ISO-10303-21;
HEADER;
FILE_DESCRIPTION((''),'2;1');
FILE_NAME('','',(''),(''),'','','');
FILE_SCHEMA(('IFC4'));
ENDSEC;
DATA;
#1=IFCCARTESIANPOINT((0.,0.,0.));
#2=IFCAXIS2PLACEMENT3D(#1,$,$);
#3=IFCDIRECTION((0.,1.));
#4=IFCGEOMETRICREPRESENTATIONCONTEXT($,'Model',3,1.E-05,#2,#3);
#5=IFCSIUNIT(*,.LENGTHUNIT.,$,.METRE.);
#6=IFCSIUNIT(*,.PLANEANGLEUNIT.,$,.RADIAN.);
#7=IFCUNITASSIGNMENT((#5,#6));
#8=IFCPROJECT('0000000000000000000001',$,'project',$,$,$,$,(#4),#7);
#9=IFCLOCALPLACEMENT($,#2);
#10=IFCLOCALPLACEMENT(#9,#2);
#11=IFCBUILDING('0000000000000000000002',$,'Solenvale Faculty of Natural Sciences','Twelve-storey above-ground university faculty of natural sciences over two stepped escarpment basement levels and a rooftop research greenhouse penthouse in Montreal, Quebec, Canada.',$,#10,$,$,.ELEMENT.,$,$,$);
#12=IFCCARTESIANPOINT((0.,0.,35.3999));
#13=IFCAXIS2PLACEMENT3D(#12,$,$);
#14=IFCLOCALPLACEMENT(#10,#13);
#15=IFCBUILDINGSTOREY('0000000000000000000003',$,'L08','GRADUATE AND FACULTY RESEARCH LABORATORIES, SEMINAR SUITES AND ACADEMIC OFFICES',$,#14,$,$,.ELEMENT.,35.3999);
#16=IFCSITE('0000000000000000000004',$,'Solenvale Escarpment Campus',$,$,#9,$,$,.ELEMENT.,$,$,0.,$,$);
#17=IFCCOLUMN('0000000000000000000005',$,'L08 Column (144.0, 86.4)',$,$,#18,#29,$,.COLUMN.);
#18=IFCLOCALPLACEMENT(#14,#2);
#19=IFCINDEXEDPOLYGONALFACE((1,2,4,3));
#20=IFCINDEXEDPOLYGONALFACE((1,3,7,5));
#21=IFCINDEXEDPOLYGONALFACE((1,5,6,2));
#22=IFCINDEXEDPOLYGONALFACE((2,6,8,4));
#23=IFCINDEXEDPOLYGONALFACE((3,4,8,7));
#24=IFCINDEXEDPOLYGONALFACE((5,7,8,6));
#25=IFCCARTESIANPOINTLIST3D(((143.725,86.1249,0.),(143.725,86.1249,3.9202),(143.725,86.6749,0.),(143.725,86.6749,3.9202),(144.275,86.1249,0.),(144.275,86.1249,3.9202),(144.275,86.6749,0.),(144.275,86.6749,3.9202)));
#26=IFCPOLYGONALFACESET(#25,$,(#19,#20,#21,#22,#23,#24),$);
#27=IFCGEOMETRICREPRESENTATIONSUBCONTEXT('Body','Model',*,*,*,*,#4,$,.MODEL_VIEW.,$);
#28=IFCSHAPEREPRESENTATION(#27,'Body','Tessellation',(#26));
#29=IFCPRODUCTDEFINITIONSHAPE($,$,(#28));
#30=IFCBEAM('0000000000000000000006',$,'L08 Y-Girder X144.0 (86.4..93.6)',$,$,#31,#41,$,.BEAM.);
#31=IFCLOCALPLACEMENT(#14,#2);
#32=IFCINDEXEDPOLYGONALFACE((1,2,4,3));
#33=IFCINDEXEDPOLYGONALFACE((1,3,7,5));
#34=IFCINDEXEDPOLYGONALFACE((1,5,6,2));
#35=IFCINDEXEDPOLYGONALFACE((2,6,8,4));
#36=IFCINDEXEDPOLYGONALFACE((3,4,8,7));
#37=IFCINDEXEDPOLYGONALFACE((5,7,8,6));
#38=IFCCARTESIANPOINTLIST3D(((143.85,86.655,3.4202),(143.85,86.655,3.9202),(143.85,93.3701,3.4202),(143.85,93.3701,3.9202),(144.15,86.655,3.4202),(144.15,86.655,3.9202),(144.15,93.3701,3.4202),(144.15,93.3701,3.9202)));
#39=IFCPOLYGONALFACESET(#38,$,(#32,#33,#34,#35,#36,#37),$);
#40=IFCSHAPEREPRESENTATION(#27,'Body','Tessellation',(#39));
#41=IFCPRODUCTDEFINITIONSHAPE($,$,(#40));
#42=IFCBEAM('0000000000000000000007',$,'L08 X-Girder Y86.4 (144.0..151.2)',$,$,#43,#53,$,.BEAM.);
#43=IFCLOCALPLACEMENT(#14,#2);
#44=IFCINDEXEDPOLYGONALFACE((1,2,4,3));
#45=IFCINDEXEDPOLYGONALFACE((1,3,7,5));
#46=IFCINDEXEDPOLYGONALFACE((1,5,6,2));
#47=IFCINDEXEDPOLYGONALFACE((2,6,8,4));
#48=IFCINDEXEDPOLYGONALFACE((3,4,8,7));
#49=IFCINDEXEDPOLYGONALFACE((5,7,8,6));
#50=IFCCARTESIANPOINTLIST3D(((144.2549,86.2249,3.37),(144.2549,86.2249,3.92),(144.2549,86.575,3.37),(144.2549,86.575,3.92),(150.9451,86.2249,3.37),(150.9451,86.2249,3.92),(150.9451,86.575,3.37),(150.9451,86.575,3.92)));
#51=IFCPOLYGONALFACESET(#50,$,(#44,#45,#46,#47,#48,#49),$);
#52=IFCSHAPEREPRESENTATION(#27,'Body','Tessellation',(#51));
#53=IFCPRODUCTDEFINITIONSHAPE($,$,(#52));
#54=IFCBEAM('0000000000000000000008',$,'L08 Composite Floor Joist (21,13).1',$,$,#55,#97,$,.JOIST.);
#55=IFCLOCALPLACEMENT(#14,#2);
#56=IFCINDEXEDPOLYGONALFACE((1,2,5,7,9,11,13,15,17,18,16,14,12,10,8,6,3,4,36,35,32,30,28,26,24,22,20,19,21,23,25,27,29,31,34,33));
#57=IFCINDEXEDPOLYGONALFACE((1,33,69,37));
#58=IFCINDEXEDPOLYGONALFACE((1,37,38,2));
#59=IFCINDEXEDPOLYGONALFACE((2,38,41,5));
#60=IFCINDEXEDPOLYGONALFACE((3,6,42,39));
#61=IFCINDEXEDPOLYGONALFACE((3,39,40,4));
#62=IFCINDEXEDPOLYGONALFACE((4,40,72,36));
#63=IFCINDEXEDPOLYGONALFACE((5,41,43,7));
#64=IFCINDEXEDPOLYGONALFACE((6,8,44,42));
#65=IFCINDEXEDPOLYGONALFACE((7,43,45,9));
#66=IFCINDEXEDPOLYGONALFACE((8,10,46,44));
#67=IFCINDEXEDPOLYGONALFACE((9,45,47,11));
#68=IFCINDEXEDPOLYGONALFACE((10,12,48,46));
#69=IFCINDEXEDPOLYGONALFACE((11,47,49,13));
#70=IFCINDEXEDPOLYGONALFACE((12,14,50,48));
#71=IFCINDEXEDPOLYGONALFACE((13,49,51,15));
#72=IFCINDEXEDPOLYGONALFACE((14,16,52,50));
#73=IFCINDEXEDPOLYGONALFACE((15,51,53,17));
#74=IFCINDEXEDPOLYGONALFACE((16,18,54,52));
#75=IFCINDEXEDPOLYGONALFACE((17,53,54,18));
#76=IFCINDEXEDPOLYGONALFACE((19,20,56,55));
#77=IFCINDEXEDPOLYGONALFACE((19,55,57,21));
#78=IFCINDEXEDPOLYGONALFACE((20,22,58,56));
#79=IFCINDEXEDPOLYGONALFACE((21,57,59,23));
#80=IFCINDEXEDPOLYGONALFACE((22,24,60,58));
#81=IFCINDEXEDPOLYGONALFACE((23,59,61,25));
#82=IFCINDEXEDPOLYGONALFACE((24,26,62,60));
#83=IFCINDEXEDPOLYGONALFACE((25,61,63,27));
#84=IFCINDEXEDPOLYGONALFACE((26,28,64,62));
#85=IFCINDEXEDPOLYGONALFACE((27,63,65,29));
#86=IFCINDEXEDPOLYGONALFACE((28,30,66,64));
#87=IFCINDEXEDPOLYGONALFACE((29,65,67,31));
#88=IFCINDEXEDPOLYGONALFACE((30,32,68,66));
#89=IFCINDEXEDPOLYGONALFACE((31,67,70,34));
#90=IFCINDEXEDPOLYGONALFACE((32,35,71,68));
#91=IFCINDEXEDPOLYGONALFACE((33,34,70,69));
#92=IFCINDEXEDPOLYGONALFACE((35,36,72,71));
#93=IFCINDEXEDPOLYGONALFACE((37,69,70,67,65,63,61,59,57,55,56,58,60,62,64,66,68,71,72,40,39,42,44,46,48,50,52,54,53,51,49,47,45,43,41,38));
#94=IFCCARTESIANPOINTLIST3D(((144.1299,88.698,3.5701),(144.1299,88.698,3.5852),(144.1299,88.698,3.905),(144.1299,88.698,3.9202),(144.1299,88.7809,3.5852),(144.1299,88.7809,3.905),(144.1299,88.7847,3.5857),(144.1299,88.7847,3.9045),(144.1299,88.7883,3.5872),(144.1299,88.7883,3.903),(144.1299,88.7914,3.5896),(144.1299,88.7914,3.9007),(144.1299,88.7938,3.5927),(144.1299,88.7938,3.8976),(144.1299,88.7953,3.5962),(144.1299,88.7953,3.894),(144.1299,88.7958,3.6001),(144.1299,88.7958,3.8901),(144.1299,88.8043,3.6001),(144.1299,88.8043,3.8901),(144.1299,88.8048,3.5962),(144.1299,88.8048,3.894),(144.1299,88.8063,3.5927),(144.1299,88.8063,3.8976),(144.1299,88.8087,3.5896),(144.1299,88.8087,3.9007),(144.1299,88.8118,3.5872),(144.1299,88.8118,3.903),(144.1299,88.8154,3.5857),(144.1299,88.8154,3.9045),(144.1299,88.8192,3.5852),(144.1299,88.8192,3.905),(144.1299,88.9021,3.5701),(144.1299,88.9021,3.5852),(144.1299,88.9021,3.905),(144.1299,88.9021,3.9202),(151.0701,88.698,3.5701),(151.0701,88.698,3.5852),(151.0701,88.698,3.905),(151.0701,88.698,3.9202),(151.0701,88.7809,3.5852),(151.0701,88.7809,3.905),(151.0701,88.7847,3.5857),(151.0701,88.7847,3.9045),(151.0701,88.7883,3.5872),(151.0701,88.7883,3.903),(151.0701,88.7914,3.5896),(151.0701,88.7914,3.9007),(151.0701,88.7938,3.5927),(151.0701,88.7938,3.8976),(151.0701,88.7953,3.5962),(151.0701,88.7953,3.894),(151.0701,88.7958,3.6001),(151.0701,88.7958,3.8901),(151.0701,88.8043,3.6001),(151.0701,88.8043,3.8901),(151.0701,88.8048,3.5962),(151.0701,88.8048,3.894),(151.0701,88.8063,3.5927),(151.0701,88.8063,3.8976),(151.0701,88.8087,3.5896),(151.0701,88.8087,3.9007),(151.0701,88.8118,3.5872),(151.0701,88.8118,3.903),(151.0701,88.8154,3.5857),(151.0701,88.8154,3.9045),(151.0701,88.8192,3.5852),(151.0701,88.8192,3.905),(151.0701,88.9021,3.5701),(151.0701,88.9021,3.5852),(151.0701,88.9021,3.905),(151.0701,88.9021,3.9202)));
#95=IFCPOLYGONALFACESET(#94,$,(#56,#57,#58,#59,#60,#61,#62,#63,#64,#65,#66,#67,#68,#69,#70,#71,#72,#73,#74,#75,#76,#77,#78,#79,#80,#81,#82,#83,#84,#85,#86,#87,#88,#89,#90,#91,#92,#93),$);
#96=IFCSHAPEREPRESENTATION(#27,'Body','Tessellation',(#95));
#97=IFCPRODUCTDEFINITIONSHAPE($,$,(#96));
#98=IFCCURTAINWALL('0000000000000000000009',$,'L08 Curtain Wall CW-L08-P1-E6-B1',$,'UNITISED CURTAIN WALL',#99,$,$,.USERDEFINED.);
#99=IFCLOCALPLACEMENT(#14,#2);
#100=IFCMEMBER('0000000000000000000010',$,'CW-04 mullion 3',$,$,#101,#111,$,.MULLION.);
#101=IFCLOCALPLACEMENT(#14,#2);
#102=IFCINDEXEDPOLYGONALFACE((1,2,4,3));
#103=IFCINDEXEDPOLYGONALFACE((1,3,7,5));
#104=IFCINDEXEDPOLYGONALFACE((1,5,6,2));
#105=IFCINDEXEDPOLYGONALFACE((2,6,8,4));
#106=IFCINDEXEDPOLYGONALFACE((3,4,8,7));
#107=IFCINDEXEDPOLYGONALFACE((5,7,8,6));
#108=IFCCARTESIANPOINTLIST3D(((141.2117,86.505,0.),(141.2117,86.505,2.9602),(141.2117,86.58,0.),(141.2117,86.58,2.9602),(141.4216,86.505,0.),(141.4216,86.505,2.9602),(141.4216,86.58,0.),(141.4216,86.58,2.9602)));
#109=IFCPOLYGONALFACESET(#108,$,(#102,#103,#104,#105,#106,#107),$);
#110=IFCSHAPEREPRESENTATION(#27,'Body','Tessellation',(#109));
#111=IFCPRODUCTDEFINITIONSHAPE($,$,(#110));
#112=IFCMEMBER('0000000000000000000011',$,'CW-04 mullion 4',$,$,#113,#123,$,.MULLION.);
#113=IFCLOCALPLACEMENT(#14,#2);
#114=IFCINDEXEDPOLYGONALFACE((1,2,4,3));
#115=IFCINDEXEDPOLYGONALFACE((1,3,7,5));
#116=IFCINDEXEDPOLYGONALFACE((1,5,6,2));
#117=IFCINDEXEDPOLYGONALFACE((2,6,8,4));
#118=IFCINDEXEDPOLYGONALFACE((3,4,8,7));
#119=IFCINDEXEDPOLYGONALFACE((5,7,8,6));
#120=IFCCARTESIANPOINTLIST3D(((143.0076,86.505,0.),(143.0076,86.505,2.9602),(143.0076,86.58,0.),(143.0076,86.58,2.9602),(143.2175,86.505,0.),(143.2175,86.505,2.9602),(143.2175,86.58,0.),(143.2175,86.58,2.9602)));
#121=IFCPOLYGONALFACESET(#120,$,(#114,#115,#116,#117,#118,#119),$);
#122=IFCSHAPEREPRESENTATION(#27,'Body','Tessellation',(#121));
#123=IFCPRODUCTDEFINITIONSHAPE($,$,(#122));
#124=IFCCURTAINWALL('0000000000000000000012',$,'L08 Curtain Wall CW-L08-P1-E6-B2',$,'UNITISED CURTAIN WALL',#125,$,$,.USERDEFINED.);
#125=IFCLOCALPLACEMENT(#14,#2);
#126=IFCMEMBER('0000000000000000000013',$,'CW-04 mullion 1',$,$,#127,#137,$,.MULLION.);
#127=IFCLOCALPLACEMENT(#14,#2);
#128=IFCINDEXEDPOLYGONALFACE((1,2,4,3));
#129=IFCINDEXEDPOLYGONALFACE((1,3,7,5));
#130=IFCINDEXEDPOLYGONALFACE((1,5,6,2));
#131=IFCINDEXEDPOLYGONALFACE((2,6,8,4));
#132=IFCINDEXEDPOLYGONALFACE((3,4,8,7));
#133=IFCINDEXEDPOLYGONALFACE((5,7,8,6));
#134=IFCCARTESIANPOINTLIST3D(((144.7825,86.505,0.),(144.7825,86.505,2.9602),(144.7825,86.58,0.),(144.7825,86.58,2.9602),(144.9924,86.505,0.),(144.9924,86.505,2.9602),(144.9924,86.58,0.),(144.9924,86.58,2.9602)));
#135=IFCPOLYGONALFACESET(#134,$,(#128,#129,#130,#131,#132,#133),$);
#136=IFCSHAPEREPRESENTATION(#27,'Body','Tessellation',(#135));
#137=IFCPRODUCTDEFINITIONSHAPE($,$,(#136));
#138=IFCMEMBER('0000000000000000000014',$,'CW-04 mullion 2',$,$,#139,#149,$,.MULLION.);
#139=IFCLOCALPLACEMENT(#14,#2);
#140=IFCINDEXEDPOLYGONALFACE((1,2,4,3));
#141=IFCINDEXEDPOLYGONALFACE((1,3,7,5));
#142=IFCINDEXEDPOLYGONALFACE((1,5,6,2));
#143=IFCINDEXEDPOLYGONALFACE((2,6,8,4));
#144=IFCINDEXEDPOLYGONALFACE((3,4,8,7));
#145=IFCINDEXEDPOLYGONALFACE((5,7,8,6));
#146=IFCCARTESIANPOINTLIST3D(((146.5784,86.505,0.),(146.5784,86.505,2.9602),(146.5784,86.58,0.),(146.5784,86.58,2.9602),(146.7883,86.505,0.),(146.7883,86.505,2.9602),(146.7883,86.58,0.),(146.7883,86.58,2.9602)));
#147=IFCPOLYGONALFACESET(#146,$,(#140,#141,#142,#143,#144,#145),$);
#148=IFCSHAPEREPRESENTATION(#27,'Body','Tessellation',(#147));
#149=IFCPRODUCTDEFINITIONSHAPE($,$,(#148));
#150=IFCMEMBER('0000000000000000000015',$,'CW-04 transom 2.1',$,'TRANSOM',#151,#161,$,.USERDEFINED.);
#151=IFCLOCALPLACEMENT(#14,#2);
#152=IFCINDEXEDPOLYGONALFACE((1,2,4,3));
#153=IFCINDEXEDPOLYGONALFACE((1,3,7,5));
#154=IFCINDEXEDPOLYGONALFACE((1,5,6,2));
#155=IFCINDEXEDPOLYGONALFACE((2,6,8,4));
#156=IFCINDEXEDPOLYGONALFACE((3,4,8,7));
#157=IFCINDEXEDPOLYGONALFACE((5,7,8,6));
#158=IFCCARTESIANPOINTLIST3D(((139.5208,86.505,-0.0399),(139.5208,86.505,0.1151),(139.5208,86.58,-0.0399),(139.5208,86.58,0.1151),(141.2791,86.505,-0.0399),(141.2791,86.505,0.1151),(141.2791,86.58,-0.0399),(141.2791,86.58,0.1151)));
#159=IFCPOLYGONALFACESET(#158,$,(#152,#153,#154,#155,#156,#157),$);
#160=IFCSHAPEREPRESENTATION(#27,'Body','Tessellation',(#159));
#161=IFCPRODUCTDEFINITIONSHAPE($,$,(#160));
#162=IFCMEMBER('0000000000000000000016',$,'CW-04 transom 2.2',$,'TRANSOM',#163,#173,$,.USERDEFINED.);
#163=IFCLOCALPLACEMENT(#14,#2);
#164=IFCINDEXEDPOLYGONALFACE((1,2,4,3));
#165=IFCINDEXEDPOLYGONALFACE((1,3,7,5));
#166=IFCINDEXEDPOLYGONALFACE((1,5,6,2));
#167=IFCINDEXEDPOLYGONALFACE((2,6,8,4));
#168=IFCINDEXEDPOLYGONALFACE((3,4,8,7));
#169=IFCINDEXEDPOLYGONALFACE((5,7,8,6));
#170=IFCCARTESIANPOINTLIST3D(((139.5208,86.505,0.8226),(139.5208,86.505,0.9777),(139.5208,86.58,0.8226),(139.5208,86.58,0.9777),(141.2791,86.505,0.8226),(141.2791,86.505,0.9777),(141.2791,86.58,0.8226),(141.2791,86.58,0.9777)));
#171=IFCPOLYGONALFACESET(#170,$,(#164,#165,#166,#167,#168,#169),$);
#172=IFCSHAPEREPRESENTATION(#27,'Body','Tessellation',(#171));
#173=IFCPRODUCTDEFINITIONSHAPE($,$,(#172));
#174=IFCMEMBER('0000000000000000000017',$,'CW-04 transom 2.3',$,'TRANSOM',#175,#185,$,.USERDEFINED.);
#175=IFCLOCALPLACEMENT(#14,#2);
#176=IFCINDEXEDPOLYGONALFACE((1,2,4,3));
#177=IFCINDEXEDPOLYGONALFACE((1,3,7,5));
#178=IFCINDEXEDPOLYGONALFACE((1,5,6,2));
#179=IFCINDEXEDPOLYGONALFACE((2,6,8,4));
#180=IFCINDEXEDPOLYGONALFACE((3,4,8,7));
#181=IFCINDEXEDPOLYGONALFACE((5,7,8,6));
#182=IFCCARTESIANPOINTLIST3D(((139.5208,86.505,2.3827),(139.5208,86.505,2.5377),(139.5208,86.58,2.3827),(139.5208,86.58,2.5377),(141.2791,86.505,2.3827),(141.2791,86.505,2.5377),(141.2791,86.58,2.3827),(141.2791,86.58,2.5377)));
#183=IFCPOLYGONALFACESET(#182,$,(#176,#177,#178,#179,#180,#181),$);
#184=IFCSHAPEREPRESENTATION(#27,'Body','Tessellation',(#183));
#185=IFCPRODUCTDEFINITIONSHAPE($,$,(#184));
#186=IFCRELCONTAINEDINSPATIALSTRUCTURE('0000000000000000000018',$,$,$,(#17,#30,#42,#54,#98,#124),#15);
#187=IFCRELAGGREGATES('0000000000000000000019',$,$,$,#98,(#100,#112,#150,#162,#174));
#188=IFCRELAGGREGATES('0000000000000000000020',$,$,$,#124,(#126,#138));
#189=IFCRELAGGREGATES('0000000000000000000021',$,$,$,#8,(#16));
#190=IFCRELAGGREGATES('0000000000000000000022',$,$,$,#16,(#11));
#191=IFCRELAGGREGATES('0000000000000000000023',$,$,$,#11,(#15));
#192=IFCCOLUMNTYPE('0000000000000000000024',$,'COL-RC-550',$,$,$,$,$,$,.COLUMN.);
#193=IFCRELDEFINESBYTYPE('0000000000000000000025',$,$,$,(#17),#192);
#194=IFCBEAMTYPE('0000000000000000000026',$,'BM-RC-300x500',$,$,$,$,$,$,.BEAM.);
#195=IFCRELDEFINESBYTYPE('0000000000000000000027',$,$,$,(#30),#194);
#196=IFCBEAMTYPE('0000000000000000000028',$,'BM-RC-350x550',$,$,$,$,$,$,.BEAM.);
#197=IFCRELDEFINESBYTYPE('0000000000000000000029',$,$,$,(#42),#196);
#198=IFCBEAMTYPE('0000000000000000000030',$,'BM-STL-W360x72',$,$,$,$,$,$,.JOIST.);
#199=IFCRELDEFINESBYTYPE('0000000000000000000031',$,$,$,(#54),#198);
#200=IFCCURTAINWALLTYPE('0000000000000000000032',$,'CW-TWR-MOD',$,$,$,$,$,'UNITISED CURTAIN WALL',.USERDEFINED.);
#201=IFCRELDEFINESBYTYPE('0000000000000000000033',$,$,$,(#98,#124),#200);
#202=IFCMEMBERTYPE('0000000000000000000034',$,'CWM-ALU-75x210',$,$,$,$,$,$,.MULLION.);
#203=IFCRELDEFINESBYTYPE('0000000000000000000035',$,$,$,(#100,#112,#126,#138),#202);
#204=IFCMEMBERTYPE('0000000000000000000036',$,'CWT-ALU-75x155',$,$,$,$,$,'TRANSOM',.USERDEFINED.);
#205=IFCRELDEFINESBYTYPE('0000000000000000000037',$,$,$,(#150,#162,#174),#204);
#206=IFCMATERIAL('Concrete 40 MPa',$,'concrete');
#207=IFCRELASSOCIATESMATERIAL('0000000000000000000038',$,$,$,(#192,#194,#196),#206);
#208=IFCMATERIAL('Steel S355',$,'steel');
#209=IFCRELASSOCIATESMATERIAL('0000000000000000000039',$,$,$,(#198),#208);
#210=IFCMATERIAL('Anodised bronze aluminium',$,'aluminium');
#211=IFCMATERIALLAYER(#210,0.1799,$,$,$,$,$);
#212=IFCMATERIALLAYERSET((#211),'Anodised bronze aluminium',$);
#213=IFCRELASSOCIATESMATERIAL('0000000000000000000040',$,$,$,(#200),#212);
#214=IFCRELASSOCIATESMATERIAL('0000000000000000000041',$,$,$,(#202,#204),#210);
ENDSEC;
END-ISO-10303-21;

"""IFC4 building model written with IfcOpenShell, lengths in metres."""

from ifc_helpers import new_model, si_unit, direction, frame, origin, origin_2d, place, context, subcontext, project, spatial, rectangle, i_section, extrude, material, layer, layer_set, material_profile, profile_set, type_object, element, aggregate, save


model = new_model("IFC4")

# Units and contexts
model_context = context("Model", 3, precision=1e-05, world=origin(), true_north=direction((0.0, 1.0)))
body_context = subcontext(model_context, "Body", "Model", "MODEL_VIEW")
ifc_project = project(units=[si_unit("LENGTHUNIT", "METRE"), si_unit("PLANEANGLEUNIT", "RADIAN")], contexts=[model_context])

# Site, building, storey
site_placement = place(None, origin())
site = spatial("IfcSite", under=ifc_project, at=site_placement, Name="Solenvale Escarpment Campus", CompositionType="ELEMENT", RefElevation=0.0)
building_placement = place(site_placement, origin())
building = spatial("IfcBuilding", under=site, at=building_placement, Name="Solenvale Faculty of Natural Sciences", Description="Twelve-storey above-ground university faculty of natural sciences over two stepped escarpment basement levels and a rooftop research greenhouse penthouse in Montreal, Quebec, Canada.", CompositionType="ELEMENT")
storey_placement = place(building_placement, frame((0.0, 0.0, 35.3999)))
storey = spatial("IfcBuildingStorey", under=building, at=storey_placement, Name="L08", Description="GRADUATE AND FACULTY RESEARCH LABORATORIES, SEMINAR SUITES AND ACADEMIC OFFICES", CompositionType="ELEMENT", Elevation=35.3999)

# Column
ifc_material_1 = material(Name="Concrete 40 MPa", Category="concrete")
ifc_material_profile_1 = material_profile(ifc_material_1, rectangle(XDim=0.55, YDim=0.55, at=origin_2d()), Name="RC-COL-550x550")
ifc_profile_set_1 = profile_set([ifc_material_profile_1], Name="Concrete 40 MPa")
column_type = type_object("IfcColumnType", Name="COL-RC-550", PredefinedType="COLUMN", material=ifc_profile_set_1)
column_placement = place(storey_placement, frame((144.0, 86.3999, 0.0), z_axis=(0.0, 0.0, 1.0), x_axis=(1.0, 0.0, 0.0)))
element("IfcColumn", 1, at=column_placement, inside=storey, type_object=column_type, Name="L08 Column (144.0, 86.4)", PredefinedType="COLUMN", context=body_context, shape_type="SweptSolid", body=[
    extrude(rectangle(XDim=0.55, YDim=0.55, at=origin_2d()), origin(), (0.0, 0.0, 1.0), 3.9202),
])

# Beams
ifc_material_profile_2 = material_profile(ifc_material_1, rectangle(XDim=0.3, YDim=0.5, at=origin_2d()), Name="RC-BM-300x500")
ifc_profile_set_2 = profile_set([ifc_material_profile_2], Name="Concrete 40 MPa")
beam_type_1 = type_object("IfcBeamType", Name="BM-RC-300x500", PredefinedType="BEAM", material=ifc_profile_set_2)
beam_1_placement = place(storey_placement, frame((144.0, 86.655, 3.6702), z_axis=(0.0, 1.0, 0.0), x_axis=(-1.0, 0.0, 0.0)))
element("IfcBeam", 2, at=beam_1_placement, inside=storey, type_object=beam_type_1, Name="L08 Y-Girder X144.0 (86.4..93.6)", PredefinedType="BEAM", context=body_context, shape_type="SweptSolid", body=[
    extrude(rectangle(XDim=0.3, YDim=0.5, at=origin_2d()), origin(), (0.0, 0.0, 1.0), 6.7151),
])
ifc_material_profile_3 = material_profile(ifc_material_1, rectangle(XDim=0.3501, YDim=0.55, at=origin_2d()), Name="RC-BM-350x550")
ifc_profile_set_3 = profile_set([ifc_material_profile_3], Name="Concrete 40 MPa")
beam_type_2 = type_object("IfcBeamType", Name="BM-RC-350x550", PredefinedType="BEAM", material=ifc_profile_set_3)
beam_2_placement = place(storey_placement, frame((144.2549, 86.3999, 3.645), z_axis=(1.0, 0.0, 0.0), x_axis=(0.0, 1.0, 0.0)))
element("IfcBeam", 3, at=beam_2_placement, inside=storey, type_object=beam_type_2, Name="L08 X-Girder Y86.4 (144.0..151.2)", PredefinedType="BEAM", context=body_context, shape_type="SweptSolid", body=[
    extrude(rectangle(XDim=0.3501, YDim=0.55, at=origin_2d()), origin(), (0.0, 0.0, 1.0), 6.6902),
])
ifc_material_2 = material(Name="Steel S355", Category="steel")
ifc_material_profile_4 = material_profile(ifc_material_2, i_section(OverallWidth=0.2041, OverallDepth=0.3501, WebThickness=0.0085, FlangeThickness=0.0151, FilletRadius=0.0149, at=origin_2d()), Name="W360x72")
ifc_profile_set_4 = profile_set([ifc_material_profile_4], Name="Steel S355")
beam_type_3 = type_object("IfcBeamType", Name="BM-STL-W360x72", PredefinedType="JOIST", material=ifc_profile_set_4)
beam_3_placement = place(storey_placement, frame((144.1299, 88.8, 3.7451), z_axis=(1.0, 0.0, 0.0), x_axis=(0.0, 1.0, 0.0)))
element("IfcBeam", 4, at=beam_3_placement, inside=storey, type_object=beam_type_3, Name="L08 Composite Floor Joist (21,13).1", PredefinedType="JOIST", context=body_context, shape_type="SweptSolid", body=[
    extrude(i_section(OverallWidth=0.2041, OverallDepth=0.3501, WebThickness=0.0085, FlangeThickness=0.0151, FilletRadius=0.0149, at=origin_2d()), origin(), (0.0, 0.0, 1.0), 6.9402),
])

# Curtain walls, members
ifc_material_3 = material(Name="Anodised bronze aluminium", Category="aluminium")
ifc_layer_1 = layer(ifc_material_3, 0.1799)
ifc_layer_set_1 = layer_set([ifc_layer_1], Name="Anodised bronze aluminium")
curtain_wall_type = type_object("IfcCurtainWallType", Name="CW-TWR-MOD", ElementType="UNITISED CURTAIN WALL", PredefinedType="USERDEFINED", material=ifc_layer_set_1)
curtain_wall_1_placement = place(storey_placement, origin())
curtain_wall_1 = element("IfcCurtainWall", 5, at=curtain_wall_1_placement, inside=storey, type_object=curtain_wall_type, Name="L08 Curtain Wall CW-L08-P1-E6-B1", ObjectType="UNITISED CURTAIN WALL", PredefinedType="USERDEFINED")
ifc_material_profile_5 = material_profile(ifc_material_3, rectangle(XDim=0.075, YDim=0.21, at=origin_2d()), Name="ALU-MUL-75x210")
ifc_profile_set_5 = profile_set([ifc_material_profile_5], Name="Anodised bronze aluminium")
member_type_1 = type_object("IfcMemberType", Name="CWM-ALU-75x210", PredefinedType="MULLION", material=ifc_profile_set_5)
member_1_placement = place(storey_placement, frame((141.3167, 86.5425, 0.0), z_axis=(0.0, 0.0, 1.0), x_axis=(0.0, 1.0, 0.0)))
member_1 = element("IfcMember", 6, at=member_1_placement, type_object=member_type_1, Name="CW-04 mullion 3", PredefinedType="MULLION", context=body_context, shape_type="SweptSolid", body=[
    extrude(rectangle(XDim=0.075, YDim=0.21, at=origin_2d()), origin(), (0.0, 0.0, 1.0), 2.9602),
])
member_2_placement = place(storey_placement, frame((143.1125, 86.5425, 0.0), z_axis=(0.0, 0.0, 1.0), x_axis=(0.0, 1.0, 0.0)))
member_2 = element("IfcMember", 7, at=member_2_placement, type_object=member_type_1, Name="CW-04 mullion 4", PredefinedType="MULLION", context=body_context, shape_type="SweptSolid", body=[
    extrude(rectangle(XDim=0.075, YDim=0.21, at=origin_2d()), origin(), (0.0, 0.0, 1.0), 2.9602),
])
curtain_wall_2_placement = place(storey_placement, origin())
curtain_wall_2 = element("IfcCurtainWall", 8, at=curtain_wall_2_placement, inside=storey, type_object=curtain_wall_type, Name="L08 Curtain Wall CW-L08-P1-E6-B2", ObjectType="UNITISED CURTAIN WALL", PredefinedType="USERDEFINED")
member_3_placement = place(storey_placement, frame((144.8875, 86.5425, 0.0), z_axis=(0.0, 0.0, 1.0), x_axis=(0.0, 1.0, 0.0)))
member_3 = element("IfcMember", 9, at=member_3_placement, type_object=member_type_1, Name="CW-04 mullion 1", PredefinedType="MULLION", context=body_context, shape_type="SweptSolid", body=[
    extrude(rectangle(XDim=0.075, YDim=0.21, at=origin_2d()), origin(), (0.0, 0.0, 1.0), 2.9602),
])
member_4_placement = place(storey_placement, frame((146.6833, 86.5425, 0.0), z_axis=(0.0, 0.0, 1.0), x_axis=(0.0, 1.0, 0.0)))
member_4 = element("IfcMember", 10, at=member_4_placement, type_object=member_type_1, Name="CW-04 mullion 2", PredefinedType="MULLION", context=body_context, shape_type="SweptSolid", body=[
    extrude(rectangle(XDim=0.075, YDim=0.21, at=origin_2d()), origin(), (0.0, 0.0, 1.0), 2.9602),
])

# Members
ifc_material_profile_6 = material_profile(ifc_material_3, rectangle(XDim=0.075, YDim=0.155, at=origin_2d()), Name="ALU-TRN-75x155")
ifc_profile_set_6 = profile_set([ifc_material_profile_6], Name="Anodised bronze aluminium")
member_type_2 = type_object("IfcMemberType", Name="CWT-ALU-75x155", ElementType="TRANSOM", PredefinedType="USERDEFINED", material=ifc_profile_set_6)
member_5_placement = place(storey_placement, frame((139.5208, 86.5425, 0.0376), z_axis=(1.0, 0.0, 0.0), x_axis=(0.0, 1.0, 0.0)))
member_5 = element("IfcMember", 11, at=member_5_placement, type_object=member_type_2, Name="CW-04 transom 2.1", ObjectType="TRANSOM", PredefinedType="USERDEFINED", context=body_context, shape_type="SweptSolid", body=[
    extrude(rectangle(XDim=0.075, YDim=0.155, at=origin_2d()), origin(), (0.0, 0.0, 1.0), 1.7583),
])
member_6_placement = place(storey_placement, frame((139.5208, 86.5425, 0.9001), z_axis=(1.0, 0.0, 0.0), x_axis=(0.0, 1.0, 0.0)))
member_6 = element("IfcMember", 12, at=member_6_placement, type_object=member_type_2, Name="CW-04 transom 2.2", ObjectType="TRANSOM", PredefinedType="USERDEFINED", context=body_context, shape_type="SweptSolid", body=[
    extrude(rectangle(XDim=0.075, YDim=0.155, at=origin_2d()), origin(), (0.0, 0.0, 1.0), 1.7583),
])
member_7_placement = place(storey_placement, frame((139.5208, 86.5425, 2.4602), z_axis=(1.0, 0.0, 0.0), x_axis=(0.0, 1.0, 0.0)))
member_7 = element("IfcMember", 13, at=member_7_placement, type_object=member_type_2, Name="CW-04 transom 2.3", ObjectType="TRANSOM", PredefinedType="USERDEFINED", context=body_context, shape_type="SweptSolid", body=[
    extrude(rectangle(XDim=0.075, YDim=0.155, at=origin_2d()), origin(), (0.0, 0.0, 1.0), 1.7583),
])

aggregate(curtain_wall_1, [member_1, member_2, member_5, member_6, member_7])
aggregate(curtain_wall_2, [member_3, member_4])

save(model, "model.ifc")
